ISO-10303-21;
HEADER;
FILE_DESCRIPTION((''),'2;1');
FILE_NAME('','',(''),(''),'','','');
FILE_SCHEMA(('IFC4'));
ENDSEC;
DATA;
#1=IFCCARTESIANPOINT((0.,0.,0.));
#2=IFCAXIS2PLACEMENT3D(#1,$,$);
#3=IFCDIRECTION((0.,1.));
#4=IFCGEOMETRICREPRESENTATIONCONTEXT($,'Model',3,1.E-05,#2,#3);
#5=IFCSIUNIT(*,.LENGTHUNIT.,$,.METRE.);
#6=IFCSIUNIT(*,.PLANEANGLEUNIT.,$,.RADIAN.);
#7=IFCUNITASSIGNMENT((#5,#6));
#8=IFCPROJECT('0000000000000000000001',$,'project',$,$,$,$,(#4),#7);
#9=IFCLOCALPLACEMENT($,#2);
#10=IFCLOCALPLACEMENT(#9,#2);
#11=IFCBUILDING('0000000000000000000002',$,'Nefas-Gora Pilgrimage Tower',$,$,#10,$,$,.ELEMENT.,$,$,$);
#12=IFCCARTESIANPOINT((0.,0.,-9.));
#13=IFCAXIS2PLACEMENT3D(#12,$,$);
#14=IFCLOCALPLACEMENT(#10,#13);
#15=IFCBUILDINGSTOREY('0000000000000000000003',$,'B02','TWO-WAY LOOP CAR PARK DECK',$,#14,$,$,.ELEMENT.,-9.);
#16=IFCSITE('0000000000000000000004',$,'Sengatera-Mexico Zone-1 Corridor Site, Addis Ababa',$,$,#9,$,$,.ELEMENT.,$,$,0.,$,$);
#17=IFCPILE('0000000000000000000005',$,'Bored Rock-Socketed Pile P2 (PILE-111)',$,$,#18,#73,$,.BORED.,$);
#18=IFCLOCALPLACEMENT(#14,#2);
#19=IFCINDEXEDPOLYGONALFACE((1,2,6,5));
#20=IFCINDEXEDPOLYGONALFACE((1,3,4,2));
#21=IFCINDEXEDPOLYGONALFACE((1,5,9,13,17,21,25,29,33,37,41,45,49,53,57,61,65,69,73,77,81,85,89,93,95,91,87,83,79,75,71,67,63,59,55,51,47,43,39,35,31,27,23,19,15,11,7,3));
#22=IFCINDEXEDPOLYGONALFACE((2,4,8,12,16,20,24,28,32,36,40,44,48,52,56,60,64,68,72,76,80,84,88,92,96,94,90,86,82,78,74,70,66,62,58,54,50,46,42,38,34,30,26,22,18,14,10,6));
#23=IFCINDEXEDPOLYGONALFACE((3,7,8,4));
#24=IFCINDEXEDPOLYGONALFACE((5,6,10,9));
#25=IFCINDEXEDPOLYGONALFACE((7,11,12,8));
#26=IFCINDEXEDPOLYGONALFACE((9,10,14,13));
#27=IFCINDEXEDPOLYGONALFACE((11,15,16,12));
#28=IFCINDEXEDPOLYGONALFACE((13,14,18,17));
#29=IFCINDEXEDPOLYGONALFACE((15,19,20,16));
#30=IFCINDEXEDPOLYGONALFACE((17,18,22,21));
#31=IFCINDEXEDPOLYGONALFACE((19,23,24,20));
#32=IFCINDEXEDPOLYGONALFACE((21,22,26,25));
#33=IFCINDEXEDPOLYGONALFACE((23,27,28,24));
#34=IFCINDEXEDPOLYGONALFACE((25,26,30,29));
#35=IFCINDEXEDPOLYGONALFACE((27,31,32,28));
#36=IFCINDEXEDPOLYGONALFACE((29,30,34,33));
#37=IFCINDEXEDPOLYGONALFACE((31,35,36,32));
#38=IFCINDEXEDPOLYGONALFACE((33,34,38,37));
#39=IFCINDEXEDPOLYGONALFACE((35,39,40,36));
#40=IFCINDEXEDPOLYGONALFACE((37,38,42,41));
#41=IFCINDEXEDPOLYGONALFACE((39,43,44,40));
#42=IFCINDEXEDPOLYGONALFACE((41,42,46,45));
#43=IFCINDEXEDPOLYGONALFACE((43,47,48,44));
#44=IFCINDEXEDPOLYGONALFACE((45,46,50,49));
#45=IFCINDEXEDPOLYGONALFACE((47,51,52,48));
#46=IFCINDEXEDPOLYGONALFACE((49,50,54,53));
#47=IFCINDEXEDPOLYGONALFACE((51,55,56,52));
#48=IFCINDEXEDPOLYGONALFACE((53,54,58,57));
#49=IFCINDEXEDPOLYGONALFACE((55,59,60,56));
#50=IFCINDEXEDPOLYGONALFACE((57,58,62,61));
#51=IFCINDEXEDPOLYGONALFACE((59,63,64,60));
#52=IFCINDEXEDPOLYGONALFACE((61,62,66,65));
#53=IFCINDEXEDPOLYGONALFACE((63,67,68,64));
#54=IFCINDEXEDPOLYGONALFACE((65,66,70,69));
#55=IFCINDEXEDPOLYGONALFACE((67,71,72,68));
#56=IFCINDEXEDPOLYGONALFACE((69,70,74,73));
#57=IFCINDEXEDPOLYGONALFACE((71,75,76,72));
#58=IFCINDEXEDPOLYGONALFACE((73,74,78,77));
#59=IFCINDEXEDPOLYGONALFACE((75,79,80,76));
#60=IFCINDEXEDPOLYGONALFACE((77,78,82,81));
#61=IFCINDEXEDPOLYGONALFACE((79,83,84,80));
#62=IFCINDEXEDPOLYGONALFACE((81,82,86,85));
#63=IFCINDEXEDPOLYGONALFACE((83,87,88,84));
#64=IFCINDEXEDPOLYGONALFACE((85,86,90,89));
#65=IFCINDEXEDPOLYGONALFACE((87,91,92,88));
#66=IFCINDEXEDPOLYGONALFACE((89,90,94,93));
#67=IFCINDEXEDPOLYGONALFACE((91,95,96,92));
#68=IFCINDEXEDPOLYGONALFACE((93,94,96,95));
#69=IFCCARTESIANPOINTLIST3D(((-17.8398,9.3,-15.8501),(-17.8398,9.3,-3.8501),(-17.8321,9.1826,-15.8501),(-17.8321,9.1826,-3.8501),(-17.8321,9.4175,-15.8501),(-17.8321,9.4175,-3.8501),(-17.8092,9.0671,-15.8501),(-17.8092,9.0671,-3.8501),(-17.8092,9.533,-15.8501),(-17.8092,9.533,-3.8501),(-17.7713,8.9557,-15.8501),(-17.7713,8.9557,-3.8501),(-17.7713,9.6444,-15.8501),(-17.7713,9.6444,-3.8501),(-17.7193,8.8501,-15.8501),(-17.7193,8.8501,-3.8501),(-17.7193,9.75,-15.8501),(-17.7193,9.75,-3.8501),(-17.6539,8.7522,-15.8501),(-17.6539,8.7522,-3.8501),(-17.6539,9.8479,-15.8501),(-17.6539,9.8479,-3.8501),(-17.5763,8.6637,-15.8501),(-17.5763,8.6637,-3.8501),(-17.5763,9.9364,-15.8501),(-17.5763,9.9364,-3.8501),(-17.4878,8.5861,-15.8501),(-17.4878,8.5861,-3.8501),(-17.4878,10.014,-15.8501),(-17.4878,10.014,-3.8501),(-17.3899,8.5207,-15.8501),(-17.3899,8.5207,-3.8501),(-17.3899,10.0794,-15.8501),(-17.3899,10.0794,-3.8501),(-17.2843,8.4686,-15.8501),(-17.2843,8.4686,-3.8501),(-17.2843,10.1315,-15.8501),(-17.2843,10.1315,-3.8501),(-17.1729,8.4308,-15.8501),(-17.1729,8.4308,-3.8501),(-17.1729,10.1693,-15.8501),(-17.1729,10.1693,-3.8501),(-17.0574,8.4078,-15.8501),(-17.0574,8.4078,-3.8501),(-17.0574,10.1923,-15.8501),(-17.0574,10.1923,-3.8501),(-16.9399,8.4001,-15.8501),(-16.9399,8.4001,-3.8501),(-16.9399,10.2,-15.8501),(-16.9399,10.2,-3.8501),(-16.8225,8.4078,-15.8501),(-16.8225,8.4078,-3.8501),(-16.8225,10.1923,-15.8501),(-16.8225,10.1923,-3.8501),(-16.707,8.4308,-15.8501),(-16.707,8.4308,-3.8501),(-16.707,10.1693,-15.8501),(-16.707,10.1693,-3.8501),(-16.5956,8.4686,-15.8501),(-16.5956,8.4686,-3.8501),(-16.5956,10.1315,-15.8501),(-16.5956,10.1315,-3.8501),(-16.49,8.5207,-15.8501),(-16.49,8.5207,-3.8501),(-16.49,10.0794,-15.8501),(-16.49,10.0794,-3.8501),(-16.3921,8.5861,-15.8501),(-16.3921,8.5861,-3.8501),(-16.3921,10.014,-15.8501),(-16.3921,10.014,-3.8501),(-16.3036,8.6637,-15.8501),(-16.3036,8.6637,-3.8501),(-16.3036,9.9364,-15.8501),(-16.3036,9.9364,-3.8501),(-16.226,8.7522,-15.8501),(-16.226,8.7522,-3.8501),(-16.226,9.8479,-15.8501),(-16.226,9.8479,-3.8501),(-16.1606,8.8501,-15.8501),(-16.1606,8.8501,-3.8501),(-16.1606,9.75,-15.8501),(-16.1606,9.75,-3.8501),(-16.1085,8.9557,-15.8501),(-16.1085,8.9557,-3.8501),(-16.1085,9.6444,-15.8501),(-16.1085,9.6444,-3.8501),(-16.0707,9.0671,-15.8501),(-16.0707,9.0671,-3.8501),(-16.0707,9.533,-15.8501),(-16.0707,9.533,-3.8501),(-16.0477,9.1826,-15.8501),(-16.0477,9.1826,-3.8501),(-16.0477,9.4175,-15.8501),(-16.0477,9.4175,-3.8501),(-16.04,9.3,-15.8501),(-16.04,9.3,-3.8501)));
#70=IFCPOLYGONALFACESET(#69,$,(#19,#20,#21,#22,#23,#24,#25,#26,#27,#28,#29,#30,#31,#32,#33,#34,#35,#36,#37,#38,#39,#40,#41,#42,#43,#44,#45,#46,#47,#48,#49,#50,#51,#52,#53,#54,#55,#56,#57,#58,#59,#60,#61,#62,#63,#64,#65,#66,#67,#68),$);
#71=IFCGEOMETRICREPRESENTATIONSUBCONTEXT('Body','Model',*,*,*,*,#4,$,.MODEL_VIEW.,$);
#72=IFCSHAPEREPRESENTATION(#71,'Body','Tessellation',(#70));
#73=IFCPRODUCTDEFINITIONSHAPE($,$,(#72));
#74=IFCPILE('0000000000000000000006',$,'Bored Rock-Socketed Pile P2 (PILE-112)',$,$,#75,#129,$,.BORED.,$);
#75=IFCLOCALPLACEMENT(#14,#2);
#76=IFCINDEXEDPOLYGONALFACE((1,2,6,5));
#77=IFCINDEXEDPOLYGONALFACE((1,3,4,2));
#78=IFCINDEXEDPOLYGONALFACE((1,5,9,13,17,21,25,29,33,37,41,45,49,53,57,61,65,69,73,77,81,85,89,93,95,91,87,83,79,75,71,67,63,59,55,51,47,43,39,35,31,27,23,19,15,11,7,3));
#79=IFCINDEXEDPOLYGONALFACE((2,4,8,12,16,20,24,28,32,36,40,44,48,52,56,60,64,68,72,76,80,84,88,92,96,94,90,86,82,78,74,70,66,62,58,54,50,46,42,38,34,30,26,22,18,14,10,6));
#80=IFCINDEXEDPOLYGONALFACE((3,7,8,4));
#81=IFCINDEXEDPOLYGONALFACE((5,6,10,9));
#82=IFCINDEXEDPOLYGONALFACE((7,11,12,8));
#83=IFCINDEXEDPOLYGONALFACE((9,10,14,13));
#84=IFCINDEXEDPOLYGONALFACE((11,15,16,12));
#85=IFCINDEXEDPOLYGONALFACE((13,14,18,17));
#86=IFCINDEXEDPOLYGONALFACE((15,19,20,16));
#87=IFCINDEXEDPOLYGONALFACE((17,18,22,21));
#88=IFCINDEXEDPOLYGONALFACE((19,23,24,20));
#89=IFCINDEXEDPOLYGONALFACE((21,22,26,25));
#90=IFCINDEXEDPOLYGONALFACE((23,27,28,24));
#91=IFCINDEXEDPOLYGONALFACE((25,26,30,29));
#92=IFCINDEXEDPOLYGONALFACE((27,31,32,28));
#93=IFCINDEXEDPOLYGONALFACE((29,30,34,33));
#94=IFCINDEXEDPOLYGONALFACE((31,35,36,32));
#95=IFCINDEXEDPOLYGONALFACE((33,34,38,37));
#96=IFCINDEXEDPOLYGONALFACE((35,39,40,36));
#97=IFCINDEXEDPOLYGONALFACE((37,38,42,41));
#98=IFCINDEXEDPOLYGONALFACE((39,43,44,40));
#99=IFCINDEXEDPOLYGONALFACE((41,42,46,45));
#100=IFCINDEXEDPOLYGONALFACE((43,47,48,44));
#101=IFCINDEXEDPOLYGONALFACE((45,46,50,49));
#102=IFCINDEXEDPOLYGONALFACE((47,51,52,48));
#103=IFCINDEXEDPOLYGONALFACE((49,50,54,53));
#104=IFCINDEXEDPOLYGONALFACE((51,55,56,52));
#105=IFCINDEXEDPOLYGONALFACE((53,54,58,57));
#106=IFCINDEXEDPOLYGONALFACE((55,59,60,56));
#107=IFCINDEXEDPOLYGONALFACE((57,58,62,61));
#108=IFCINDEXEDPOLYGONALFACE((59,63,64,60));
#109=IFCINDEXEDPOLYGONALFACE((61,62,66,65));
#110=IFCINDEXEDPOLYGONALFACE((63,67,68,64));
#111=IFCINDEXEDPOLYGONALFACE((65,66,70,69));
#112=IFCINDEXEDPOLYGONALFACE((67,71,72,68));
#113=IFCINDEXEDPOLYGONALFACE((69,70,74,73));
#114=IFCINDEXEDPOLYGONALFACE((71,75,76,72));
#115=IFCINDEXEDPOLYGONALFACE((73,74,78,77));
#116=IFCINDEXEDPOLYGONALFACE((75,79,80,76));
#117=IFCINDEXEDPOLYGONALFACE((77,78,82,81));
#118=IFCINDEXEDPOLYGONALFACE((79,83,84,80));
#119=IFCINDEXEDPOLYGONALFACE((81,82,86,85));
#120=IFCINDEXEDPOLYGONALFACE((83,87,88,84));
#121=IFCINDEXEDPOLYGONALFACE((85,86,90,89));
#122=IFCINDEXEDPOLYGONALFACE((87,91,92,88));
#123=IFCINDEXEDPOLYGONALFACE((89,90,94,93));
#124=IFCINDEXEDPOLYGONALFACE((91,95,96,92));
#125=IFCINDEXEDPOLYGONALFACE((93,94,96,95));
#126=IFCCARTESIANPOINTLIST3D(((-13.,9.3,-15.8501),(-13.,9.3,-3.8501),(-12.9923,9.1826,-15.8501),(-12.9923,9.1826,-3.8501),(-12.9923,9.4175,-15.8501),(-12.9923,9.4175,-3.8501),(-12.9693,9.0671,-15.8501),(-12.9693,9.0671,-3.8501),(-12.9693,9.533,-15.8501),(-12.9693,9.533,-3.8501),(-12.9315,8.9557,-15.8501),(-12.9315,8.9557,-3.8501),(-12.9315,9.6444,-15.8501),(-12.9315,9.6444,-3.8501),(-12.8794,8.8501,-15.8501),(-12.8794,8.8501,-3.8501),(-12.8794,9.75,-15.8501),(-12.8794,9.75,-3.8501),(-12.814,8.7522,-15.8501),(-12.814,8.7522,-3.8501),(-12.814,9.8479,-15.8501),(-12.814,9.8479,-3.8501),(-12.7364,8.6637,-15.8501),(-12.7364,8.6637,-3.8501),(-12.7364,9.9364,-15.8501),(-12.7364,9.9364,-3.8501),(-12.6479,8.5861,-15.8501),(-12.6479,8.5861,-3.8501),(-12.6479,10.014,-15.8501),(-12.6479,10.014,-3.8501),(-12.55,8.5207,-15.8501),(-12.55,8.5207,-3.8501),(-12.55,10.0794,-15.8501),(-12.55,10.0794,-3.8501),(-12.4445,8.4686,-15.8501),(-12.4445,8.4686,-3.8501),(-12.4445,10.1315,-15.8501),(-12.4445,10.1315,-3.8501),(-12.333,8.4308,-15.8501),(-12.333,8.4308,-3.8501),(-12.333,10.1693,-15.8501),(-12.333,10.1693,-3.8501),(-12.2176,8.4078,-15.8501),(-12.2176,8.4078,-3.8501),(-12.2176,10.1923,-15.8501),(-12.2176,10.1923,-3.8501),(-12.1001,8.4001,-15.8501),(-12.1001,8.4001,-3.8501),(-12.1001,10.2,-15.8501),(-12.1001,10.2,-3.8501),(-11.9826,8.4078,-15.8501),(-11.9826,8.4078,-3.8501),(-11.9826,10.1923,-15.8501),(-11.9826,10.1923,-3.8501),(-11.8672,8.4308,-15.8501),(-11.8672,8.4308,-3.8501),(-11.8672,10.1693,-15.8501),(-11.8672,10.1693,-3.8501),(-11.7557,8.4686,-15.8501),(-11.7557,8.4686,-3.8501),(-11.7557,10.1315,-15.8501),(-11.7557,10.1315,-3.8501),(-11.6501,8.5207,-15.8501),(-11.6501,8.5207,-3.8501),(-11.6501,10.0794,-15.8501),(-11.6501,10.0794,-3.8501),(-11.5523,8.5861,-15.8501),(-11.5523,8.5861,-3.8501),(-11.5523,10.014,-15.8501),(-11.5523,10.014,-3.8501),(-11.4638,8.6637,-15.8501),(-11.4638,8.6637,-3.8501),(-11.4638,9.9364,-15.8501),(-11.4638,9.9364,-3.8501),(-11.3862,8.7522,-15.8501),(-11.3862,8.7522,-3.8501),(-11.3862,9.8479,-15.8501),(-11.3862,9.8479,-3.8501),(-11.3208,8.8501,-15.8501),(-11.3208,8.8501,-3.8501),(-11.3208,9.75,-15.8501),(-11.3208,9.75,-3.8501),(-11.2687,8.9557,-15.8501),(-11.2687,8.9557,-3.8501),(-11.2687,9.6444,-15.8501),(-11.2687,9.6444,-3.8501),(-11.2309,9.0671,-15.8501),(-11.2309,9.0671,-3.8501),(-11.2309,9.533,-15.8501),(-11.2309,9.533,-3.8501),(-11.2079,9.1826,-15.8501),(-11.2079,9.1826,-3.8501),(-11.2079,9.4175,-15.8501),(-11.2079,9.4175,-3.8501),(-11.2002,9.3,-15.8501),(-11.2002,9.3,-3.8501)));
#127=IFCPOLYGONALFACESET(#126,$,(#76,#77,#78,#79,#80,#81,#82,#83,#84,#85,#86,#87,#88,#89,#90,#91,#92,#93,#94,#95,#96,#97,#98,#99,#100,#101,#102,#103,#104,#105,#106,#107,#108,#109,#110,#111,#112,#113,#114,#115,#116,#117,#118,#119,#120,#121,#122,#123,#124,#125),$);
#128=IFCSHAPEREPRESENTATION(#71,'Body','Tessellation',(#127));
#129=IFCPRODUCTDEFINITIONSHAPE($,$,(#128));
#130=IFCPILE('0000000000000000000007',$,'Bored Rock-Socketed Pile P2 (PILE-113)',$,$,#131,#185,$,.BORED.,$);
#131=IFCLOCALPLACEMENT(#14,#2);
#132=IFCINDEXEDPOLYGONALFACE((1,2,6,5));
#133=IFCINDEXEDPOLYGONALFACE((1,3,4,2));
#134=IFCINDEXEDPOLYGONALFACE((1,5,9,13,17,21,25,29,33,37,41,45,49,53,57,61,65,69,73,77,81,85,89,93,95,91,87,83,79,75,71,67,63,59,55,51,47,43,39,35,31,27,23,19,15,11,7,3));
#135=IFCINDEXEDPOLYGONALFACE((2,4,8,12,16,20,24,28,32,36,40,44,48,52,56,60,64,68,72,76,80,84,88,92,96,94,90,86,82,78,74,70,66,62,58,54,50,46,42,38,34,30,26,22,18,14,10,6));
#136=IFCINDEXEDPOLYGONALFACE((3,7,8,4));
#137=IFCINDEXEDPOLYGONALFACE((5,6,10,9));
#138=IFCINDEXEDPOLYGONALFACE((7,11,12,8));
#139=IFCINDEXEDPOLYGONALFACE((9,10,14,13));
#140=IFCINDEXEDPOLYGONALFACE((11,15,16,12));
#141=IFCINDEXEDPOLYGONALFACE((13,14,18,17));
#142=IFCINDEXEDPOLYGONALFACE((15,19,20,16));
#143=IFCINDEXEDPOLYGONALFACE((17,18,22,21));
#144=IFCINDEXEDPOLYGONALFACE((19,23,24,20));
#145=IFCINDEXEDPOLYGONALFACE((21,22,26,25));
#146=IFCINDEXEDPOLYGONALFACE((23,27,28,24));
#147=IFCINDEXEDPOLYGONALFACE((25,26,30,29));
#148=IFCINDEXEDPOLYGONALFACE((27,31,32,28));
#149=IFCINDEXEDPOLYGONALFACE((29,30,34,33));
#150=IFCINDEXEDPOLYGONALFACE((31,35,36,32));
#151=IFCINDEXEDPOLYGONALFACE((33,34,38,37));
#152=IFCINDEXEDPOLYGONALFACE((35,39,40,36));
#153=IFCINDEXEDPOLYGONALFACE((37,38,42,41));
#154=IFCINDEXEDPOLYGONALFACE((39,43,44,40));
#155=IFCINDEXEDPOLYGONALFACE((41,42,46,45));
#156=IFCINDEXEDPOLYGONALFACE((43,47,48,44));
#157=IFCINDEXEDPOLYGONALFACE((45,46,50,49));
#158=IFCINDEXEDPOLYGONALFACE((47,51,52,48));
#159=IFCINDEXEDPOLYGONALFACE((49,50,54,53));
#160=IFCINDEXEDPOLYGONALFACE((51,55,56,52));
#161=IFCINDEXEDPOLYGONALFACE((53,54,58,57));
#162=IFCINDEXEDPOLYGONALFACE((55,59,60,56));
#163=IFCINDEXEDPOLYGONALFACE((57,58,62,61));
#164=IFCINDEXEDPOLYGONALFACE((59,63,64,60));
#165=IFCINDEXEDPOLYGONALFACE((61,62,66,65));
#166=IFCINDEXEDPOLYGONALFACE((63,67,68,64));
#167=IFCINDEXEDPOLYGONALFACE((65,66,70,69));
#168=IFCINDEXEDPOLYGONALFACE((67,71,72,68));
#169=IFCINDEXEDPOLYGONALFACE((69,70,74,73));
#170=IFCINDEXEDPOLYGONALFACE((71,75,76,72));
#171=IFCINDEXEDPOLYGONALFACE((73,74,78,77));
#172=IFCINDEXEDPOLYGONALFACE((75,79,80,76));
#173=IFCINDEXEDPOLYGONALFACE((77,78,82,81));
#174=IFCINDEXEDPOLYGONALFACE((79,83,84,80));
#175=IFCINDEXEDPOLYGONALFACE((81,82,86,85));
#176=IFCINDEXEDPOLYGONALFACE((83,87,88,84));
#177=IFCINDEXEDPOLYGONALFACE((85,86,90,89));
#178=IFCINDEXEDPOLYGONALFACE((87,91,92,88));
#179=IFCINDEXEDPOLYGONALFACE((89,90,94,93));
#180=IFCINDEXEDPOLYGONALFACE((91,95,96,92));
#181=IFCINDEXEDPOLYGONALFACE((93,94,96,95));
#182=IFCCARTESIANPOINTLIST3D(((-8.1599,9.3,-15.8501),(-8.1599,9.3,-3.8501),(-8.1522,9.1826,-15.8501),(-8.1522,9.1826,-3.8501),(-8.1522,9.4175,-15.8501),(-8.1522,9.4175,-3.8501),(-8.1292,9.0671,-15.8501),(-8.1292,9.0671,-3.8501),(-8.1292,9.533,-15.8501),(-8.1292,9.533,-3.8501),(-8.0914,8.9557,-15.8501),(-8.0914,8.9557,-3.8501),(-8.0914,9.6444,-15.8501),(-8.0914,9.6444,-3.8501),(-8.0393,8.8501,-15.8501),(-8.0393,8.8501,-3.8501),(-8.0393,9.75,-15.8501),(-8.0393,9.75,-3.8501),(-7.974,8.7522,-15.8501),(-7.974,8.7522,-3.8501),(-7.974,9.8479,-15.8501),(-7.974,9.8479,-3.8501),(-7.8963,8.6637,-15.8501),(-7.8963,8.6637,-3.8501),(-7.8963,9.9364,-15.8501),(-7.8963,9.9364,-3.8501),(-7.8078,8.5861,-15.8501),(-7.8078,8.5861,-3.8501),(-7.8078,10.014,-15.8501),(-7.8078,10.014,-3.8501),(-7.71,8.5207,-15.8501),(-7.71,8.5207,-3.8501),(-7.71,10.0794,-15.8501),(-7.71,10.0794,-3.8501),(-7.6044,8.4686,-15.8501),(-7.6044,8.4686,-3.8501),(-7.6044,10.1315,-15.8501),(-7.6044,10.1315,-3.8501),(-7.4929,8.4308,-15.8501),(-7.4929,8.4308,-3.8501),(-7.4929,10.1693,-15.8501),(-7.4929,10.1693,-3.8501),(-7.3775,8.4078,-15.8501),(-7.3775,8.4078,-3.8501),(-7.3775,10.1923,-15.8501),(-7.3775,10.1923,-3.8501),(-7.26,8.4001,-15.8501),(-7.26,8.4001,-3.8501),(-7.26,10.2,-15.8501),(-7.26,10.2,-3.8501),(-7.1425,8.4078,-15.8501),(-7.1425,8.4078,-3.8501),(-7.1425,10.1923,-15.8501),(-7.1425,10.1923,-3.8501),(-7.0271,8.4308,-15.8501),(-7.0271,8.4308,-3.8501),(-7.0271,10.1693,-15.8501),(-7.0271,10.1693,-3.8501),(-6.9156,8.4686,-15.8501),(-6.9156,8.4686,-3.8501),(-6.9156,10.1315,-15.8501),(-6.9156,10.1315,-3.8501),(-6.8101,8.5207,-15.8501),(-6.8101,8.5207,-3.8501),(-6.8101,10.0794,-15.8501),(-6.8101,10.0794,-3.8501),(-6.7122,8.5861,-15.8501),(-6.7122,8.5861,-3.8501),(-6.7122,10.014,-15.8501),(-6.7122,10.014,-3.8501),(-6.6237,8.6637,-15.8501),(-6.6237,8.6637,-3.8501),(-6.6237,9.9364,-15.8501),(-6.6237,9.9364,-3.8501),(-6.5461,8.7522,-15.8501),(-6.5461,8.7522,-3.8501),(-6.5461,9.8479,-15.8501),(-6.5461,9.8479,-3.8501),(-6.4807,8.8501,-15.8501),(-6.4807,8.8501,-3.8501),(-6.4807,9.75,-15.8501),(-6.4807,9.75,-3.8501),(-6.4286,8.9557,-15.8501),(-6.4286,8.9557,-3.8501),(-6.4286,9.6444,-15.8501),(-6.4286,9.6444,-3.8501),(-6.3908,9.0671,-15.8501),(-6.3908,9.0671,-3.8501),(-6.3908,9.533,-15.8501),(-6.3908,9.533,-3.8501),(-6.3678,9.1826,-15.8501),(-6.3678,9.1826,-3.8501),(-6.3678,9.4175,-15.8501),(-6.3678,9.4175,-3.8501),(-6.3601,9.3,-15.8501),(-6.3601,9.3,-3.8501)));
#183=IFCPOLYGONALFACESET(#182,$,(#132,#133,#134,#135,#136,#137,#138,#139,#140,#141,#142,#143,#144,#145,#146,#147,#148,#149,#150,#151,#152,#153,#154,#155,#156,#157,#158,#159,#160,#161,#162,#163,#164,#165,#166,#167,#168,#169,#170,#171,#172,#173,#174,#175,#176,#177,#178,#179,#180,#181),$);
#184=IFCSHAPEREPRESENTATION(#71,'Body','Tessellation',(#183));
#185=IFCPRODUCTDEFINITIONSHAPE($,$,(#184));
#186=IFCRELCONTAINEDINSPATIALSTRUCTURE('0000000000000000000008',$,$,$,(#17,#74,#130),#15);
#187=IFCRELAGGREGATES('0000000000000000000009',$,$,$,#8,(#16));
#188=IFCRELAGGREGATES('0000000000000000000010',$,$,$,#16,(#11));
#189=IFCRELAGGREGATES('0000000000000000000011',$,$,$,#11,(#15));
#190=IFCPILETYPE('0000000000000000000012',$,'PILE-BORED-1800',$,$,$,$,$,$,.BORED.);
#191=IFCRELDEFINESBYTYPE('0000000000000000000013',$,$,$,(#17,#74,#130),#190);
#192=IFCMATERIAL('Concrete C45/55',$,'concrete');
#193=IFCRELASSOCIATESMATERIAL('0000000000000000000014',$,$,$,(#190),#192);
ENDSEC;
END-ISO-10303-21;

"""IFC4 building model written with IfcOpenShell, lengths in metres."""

from ifc_helpers import new_model, si_unit, direction, frame, origin, origin_2d, place, context, subcontext, project, spatial, circle, extrude, source, transform, mapped, material, material_profile, profile_set, type_object, element, save


model = new_model("IFC4")

# Units and contexts
model_context = context("Model", 3, precision=1e-05, world=origin(), true_north=direction((0.0, 1.0)))
body_context = subcontext(model_context, "Body", "Model", "MODEL_VIEW")
ifc_project = project(units=[si_unit("LENGTHUNIT", "METRE"), si_unit("PLANEANGLEUNIT", "RADIAN")], contexts=[model_context])

# Site, building, storey
site_placement = place(None, origin())
site = spatial("IfcSite", under=ifc_project, at=site_placement, Name="Sengatera-Mexico Zone-1 Corridor Site, Addis Ababa", CompositionType="ELEMENT", RefElevation=0.0)
building_placement = place(site_placement, origin())
building = spatial("IfcBuilding", under=site, at=building_placement, Name="Nefas-Gora Pilgrimage Tower", CompositionType="ELEMENT")
storey_placement = place(building_placement, frame((0.0, 0.0, -9.0)))
storey = spatial("IfcBuildingStorey", under=building, at=storey_placement, Name="B02", Description="TWO-WAY LOOP CAR PARK DECK", CompositionType="ELEMENT", Elevation=-9.0)

# Piles
ifc_material_1 = material(Name="Concrete C45/55", Category="concrete")
ifc_material_profile_1 = material_profile(ifc_material_1, circle(Radius=0.8999, at=origin_2d()), Name="PILE D1800")
ifc_profile_set_1 = profile_set([ifc_material_profile_1], Name="Concrete C45/55")
pile_type_1 = type_object("IfcPileType", Name="PILE-BORED-1800", PredefinedType="BORED", material=ifc_profile_set_1)
shared_shape_1 = source(origin(), body_context, "Body", "SweptSolid", [
    extrude(circle(Radius=0.8999, at=origin_2d()), origin(), (0.0, 0.0, 1.0), 12.0),
])
for number, where, z_axis, x_axis, name in (
    (1, (-16.9399, 9.3, -3.8501), (0.0, 0.0, -1.0), (1.0, 0.0, 0.0), "Bored Rock-Socketed Pile P2 (PILE-111)"),
    (2, (-12.1001, 9.3, -3.8501), (0.0, 0.0, -1.0), (1.0, 0.0, 0.0), "Bored Rock-Socketed Pile P2 (PILE-112)"),
    (3, (-7.26, 9.3, -3.8501), (0.0, 0.0, -1.0), (1.0, 0.0, 0.0), "Bored Rock-Socketed Pile P2 (PILE-113)"),
):
    element("IfcPile", number, at=place(storey_placement, frame(where, z_axis=z_axis, x_axis=x_axis)), inside=storey, type_object=pile_type_1, Name=name, PredefinedType="BORED", context=body_context, shape_type="MappedRepresentation", body=[
        mapped(shared_shape_1, transform((0.0, 0.0, 0.0), x_axis=(1.0, 0.0, 0.0), y_axis=(0.0, 1.0, 0.0), z_axis=(0.0, 0.0, 1.0), scale=1.0)),
    ])

save(model, "model.ifc")
